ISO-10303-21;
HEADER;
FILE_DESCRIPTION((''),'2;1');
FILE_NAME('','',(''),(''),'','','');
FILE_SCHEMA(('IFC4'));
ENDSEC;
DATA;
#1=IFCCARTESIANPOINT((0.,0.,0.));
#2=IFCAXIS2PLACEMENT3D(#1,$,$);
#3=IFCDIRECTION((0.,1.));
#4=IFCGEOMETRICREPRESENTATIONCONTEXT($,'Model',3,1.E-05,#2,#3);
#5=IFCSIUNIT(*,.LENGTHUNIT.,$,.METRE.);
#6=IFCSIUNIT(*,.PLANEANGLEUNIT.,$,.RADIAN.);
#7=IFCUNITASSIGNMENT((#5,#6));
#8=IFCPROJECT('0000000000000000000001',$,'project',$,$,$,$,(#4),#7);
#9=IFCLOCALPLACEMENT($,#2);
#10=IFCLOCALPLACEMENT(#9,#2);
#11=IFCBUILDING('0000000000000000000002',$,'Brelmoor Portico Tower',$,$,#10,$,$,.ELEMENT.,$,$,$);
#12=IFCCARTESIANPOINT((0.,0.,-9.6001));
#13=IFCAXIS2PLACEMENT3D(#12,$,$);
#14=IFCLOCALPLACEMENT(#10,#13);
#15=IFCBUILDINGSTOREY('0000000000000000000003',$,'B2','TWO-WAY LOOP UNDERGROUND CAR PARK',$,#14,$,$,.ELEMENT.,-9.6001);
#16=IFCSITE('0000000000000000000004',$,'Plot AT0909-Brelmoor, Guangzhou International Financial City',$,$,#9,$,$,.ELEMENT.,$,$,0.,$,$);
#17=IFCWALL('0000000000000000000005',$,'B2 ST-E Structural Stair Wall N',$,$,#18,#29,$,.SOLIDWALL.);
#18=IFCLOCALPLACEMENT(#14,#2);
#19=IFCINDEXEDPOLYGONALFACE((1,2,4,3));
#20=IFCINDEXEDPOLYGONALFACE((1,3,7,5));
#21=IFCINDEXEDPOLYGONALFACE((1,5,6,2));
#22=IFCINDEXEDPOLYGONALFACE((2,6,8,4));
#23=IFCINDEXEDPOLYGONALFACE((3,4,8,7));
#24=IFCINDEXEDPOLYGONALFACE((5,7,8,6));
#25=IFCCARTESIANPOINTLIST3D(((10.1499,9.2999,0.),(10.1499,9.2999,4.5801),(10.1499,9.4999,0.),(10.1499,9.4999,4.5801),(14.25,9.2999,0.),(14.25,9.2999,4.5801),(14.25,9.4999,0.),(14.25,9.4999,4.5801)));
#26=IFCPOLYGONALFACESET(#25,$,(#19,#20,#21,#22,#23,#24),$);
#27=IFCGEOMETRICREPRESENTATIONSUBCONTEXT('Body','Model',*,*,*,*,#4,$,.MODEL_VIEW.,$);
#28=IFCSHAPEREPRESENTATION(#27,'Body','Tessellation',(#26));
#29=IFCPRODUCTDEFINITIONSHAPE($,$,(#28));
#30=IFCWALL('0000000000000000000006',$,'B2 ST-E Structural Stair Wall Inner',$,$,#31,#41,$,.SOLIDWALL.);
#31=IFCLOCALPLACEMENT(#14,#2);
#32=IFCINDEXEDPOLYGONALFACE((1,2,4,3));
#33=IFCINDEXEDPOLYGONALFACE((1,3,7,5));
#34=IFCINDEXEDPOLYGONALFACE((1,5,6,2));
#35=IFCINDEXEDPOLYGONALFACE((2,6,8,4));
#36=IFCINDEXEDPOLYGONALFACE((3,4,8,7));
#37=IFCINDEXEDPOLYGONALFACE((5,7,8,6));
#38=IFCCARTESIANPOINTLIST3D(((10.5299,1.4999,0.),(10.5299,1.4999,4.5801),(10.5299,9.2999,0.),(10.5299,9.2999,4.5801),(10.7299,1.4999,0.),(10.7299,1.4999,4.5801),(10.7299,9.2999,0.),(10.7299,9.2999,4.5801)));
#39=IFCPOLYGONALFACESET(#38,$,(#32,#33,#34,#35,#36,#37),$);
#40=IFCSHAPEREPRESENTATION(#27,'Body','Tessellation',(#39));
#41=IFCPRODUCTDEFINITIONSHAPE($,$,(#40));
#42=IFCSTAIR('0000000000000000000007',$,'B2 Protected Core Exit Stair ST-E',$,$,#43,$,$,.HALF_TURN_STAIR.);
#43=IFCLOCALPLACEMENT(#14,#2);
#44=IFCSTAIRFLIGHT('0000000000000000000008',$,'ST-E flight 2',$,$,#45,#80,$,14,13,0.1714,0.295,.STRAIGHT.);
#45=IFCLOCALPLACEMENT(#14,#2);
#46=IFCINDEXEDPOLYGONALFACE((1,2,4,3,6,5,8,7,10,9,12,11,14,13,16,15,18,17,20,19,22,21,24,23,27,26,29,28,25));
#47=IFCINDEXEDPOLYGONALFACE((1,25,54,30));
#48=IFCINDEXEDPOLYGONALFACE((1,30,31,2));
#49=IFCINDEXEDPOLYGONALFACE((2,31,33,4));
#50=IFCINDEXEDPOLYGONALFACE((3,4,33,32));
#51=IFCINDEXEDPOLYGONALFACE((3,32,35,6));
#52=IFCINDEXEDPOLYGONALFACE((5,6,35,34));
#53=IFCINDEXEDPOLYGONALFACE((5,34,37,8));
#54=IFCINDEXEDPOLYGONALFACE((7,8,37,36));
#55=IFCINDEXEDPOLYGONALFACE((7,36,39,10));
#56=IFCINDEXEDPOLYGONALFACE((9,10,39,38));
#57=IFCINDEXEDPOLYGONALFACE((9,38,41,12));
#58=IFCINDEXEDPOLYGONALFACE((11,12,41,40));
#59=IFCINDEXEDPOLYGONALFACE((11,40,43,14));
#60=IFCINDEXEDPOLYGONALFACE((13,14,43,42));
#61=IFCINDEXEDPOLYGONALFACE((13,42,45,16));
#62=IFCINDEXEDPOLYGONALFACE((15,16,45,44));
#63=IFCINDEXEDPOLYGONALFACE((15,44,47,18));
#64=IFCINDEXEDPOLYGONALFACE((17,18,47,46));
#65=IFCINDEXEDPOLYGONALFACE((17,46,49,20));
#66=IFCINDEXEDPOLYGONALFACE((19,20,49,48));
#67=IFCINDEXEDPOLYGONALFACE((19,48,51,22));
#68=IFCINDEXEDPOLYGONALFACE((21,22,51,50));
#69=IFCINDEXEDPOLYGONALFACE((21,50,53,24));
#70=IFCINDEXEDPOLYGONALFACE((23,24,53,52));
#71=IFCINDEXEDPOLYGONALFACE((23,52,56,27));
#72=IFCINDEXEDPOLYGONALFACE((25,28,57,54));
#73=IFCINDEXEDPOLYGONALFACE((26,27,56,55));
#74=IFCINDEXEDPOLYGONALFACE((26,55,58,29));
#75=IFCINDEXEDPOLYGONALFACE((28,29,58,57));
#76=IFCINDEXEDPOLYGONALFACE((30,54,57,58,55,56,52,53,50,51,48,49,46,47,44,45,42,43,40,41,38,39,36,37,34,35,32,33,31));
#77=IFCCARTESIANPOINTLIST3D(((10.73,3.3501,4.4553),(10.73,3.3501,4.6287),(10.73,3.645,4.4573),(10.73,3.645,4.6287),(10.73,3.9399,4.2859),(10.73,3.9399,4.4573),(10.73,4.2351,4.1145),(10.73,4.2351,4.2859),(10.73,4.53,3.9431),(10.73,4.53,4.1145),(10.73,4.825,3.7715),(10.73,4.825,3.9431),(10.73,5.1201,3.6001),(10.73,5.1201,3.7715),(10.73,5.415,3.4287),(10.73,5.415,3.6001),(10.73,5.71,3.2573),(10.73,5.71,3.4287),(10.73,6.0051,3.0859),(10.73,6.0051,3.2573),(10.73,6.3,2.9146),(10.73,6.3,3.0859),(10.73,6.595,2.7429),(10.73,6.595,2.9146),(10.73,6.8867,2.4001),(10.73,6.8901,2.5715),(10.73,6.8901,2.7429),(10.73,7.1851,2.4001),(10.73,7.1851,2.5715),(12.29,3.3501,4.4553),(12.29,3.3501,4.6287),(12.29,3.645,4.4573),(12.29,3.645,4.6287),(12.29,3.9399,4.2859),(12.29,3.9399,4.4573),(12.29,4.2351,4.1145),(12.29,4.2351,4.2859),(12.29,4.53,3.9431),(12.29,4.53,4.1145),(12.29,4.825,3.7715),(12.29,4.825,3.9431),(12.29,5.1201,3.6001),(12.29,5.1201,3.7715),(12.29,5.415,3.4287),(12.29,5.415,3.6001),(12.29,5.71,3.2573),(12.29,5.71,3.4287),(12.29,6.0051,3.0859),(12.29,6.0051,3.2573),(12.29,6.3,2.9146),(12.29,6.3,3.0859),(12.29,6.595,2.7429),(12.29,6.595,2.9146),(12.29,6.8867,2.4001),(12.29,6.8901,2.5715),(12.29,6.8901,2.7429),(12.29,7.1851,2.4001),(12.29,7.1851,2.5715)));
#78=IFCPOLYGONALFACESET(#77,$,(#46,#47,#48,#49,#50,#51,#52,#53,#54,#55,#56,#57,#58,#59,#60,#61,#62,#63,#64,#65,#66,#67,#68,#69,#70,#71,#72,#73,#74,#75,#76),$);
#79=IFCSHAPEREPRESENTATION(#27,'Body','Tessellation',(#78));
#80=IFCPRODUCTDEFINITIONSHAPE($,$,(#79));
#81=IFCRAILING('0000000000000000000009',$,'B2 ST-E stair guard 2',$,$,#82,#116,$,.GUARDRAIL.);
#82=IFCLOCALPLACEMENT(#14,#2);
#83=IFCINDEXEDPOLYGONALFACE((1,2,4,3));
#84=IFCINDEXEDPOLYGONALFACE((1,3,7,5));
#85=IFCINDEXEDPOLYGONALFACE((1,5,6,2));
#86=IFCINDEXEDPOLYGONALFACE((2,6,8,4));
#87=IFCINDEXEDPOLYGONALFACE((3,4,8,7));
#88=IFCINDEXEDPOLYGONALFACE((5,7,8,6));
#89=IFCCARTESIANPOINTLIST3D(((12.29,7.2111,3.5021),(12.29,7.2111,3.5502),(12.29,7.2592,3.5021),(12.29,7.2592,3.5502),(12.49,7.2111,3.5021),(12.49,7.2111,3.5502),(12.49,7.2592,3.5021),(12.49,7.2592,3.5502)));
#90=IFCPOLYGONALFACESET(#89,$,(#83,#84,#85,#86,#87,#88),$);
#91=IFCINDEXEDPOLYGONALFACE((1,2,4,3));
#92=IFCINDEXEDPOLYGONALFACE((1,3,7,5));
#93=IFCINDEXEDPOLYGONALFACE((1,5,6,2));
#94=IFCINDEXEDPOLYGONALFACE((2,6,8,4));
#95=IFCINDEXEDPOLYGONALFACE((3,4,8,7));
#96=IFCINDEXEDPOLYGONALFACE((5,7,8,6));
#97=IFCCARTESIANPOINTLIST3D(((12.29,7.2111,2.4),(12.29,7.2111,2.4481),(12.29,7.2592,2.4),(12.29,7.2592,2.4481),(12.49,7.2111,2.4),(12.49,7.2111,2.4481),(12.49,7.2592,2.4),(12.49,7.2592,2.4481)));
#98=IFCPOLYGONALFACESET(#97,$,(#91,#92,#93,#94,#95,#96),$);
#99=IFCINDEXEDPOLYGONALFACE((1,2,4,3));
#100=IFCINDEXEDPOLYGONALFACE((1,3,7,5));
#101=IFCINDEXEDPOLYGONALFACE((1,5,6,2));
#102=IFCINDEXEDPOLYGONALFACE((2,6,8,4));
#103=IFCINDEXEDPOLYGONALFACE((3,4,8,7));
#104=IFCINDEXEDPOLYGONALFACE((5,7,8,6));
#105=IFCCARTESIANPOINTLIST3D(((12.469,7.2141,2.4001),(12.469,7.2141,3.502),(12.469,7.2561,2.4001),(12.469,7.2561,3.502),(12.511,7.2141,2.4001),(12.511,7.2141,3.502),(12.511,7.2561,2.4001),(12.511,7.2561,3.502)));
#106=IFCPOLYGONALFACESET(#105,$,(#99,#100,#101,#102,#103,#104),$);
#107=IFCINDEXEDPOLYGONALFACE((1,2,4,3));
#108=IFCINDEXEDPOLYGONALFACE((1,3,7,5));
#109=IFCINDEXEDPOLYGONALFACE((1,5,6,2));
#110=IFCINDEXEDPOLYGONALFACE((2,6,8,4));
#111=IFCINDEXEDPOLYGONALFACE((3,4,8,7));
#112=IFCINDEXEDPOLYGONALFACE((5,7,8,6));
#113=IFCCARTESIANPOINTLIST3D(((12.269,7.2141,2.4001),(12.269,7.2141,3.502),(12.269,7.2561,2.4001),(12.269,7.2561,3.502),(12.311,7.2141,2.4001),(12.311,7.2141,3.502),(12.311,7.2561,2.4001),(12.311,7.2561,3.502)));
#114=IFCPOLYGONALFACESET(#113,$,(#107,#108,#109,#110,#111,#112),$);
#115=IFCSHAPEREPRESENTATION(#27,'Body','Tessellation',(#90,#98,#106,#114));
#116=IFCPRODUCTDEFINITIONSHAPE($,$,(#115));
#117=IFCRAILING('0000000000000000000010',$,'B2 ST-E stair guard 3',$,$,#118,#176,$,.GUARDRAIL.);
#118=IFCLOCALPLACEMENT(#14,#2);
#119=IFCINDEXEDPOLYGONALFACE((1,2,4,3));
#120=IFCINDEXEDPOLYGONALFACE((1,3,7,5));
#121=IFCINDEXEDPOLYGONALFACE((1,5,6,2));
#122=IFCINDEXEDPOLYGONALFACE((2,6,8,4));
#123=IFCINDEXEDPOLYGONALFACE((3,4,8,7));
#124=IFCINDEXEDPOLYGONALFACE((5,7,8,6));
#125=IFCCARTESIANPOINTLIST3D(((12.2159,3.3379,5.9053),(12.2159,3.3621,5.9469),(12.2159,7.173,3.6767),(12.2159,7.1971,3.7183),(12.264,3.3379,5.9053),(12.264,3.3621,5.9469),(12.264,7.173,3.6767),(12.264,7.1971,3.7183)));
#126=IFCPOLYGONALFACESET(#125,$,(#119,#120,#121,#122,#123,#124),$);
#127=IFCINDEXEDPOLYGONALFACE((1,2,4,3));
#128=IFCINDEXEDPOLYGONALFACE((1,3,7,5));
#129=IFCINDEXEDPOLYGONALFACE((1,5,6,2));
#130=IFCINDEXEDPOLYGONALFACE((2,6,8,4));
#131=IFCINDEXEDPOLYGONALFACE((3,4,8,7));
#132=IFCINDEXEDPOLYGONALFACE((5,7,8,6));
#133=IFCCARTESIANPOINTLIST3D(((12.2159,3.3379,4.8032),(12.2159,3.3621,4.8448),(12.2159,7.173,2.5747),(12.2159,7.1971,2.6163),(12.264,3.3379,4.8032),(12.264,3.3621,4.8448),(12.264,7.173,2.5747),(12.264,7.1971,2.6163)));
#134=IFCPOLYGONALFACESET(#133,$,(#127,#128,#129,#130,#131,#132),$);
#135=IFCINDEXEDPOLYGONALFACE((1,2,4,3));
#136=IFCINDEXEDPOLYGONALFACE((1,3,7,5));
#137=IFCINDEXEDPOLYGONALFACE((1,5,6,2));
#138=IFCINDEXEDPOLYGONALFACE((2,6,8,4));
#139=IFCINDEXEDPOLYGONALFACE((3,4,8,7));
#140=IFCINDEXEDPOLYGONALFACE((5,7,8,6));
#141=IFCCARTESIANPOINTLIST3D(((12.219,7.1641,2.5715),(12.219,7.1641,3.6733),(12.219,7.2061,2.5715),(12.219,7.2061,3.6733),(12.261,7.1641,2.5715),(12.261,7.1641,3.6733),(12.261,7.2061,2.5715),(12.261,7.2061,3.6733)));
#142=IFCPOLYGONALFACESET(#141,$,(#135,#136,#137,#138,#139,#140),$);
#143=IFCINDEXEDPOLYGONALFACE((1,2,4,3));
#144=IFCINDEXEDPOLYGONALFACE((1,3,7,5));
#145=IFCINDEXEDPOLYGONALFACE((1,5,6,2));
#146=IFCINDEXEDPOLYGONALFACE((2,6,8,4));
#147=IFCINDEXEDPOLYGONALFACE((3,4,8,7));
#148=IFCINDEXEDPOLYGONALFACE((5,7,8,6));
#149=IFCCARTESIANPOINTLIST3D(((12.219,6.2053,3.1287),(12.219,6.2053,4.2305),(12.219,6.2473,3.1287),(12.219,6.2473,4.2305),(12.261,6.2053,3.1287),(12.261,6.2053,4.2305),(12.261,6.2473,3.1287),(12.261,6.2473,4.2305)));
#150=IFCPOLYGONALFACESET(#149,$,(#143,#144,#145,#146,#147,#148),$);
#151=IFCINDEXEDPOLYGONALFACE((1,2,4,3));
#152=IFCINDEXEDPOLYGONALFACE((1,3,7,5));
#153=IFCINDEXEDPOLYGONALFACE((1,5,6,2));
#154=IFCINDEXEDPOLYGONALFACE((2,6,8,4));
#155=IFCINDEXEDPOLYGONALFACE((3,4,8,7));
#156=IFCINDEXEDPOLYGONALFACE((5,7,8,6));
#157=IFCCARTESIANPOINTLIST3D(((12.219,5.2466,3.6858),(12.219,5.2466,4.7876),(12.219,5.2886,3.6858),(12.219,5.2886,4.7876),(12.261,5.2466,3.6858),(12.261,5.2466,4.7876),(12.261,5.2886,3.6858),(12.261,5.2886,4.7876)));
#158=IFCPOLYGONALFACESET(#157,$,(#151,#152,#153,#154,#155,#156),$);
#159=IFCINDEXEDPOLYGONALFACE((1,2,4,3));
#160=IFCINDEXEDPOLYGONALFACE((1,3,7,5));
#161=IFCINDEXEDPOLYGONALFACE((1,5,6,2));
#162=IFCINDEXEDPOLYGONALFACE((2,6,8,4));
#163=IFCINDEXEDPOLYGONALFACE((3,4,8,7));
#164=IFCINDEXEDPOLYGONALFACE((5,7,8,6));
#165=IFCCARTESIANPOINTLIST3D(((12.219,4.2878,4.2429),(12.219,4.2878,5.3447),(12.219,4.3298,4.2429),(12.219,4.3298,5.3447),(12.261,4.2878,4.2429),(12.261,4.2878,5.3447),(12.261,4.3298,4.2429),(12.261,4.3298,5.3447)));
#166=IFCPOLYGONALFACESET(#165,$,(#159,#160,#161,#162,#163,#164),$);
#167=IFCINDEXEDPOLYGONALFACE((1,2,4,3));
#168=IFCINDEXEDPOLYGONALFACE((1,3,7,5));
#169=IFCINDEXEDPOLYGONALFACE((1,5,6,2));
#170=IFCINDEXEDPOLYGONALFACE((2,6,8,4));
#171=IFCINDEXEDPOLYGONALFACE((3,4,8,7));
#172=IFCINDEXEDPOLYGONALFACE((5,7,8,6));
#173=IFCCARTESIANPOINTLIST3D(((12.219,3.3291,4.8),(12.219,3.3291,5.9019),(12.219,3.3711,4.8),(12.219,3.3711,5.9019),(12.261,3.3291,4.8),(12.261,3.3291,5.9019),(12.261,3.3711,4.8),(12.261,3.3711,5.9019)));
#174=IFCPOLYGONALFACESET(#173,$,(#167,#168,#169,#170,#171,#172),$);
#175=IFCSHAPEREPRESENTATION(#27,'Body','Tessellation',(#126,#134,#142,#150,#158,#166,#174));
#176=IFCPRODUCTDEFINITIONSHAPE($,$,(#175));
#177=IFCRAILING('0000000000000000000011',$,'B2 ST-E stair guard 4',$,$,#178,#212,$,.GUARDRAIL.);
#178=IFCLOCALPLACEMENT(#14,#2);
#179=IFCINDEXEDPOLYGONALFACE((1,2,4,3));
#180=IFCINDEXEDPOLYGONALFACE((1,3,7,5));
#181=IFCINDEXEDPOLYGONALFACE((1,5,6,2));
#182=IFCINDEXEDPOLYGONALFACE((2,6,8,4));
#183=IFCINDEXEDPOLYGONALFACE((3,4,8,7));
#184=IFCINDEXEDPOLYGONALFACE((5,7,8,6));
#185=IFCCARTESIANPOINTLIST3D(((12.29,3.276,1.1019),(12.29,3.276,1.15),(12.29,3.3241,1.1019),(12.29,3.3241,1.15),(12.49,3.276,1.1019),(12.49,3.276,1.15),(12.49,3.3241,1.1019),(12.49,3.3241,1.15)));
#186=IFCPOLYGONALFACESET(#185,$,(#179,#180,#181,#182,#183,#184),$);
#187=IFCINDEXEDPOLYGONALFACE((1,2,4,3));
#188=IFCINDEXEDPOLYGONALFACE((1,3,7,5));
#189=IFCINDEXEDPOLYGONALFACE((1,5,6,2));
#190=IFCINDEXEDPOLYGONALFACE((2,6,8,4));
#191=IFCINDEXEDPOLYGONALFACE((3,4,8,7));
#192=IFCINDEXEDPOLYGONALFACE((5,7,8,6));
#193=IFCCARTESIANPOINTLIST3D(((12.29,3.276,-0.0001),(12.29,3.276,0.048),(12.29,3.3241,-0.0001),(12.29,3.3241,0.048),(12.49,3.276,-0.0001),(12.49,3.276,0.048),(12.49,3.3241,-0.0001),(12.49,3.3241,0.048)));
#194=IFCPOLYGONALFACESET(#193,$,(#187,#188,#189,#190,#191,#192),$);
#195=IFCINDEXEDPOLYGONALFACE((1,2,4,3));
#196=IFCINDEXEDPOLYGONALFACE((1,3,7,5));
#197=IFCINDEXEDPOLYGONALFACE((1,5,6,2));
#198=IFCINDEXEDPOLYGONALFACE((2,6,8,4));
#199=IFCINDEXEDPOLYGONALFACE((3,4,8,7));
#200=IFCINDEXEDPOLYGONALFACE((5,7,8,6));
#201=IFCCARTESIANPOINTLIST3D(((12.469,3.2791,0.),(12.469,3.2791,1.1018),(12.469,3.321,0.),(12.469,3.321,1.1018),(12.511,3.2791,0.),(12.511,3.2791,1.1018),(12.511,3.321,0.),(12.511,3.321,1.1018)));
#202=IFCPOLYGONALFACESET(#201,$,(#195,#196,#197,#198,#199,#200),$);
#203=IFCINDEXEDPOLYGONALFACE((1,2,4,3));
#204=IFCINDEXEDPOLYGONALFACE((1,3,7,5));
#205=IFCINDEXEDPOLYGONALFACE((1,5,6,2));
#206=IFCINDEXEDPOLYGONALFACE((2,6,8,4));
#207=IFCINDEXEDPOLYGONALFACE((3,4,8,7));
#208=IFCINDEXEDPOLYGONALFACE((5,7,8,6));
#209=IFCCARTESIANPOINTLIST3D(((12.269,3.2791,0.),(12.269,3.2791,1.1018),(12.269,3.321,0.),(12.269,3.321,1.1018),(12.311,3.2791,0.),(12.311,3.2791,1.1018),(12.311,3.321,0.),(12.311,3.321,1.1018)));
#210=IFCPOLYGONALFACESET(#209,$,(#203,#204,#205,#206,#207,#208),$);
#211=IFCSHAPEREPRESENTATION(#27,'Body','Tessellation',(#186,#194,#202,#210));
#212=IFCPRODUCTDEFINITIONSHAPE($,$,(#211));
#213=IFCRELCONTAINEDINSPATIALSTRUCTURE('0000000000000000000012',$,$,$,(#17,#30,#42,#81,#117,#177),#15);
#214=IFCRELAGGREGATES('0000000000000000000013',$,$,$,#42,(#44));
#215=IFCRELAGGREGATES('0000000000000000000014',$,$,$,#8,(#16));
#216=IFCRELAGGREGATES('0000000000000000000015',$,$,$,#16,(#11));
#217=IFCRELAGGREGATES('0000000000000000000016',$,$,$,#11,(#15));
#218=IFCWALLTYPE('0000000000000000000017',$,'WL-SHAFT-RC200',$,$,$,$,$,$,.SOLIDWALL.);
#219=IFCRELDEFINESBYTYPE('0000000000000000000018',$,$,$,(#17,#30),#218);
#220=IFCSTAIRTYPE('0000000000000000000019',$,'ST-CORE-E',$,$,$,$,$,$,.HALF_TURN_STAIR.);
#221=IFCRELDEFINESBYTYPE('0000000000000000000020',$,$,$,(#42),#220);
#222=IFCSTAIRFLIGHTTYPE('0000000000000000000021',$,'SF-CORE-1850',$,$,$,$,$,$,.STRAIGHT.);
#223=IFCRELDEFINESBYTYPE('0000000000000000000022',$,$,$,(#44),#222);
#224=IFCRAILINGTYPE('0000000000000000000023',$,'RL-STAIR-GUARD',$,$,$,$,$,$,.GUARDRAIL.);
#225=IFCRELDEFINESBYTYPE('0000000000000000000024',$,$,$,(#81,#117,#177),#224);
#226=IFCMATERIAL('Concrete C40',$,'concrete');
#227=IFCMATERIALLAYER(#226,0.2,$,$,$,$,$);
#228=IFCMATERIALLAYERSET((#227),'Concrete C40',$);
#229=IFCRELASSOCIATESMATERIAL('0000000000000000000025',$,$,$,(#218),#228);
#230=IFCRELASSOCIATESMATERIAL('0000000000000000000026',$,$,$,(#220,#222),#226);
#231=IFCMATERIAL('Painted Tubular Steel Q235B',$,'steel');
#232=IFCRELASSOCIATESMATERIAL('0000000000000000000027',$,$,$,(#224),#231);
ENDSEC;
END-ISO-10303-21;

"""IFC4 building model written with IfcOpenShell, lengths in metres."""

from ifc_helpers import new_model, si_unit, direction, frame, frame_2d, origin, origin_2d, place, context, subcontext, project, spatial, polyline, rectangle, outline, extrude, material, layer, layer_set, type_object, element, aggregate, save


model = new_model("IFC4")

# Units and contexts
model_context = context("Model", 3, precision=1e-05, world=origin(), true_north=direction((0.0, 1.0)))
body_context = subcontext(model_context, "Body", "Model", "MODEL_VIEW")
ifc_project = project(units=[si_unit("LENGTHUNIT", "METRE"), si_unit("PLANEANGLEUNIT", "RADIAN")], contexts=[model_context])

# Site, building, storey
site_placement = place(None, origin())
site = spatial("IfcSite", under=ifc_project, at=site_placement, Name="Plot AT0909-Brelmoor, Guangzhou International Financial City", CompositionType="ELEMENT", RefElevation=0.0)
building_placement = place(site_placement, origin())
building = spatial("IfcBuilding", under=site, at=building_placement, Name="Brelmoor Portico Tower", CompositionType="ELEMENT")
storey_placement = place(building_placement, frame((0.0, 0.0, -9.6001)))
storey = spatial("IfcBuildingStorey", under=building, at=storey_placement, Name="B2", Description="TWO-WAY LOOP UNDERGROUND CAR PARK", CompositionType="ELEMENT", Elevation=-9.6001)

# Shared definitions
ifc_material_1 = material(Name="Concrete C40", Category="concrete")
ifc_layer_1 = layer(ifc_material_1, 0.2)
ifc_layer_set_1 = layer_set([ifc_layer_1], Name="Concrete C40")
wall_type_1 = type_object("IfcWallType", Name="WL-SHAFT-RC200", PredefinedType="SOLIDWALL", material=ifc_layer_set_1)

# Walls
wall_1_placement = place(storey_placement, frame((10.1499, 9.3999, 0.0), z_axis=(0.0, 0.0, 1.0), x_axis=(1.0, 0.0, 0.0)))
element("IfcWall", 1, at=wall_1_placement, inside=storey, type_object=wall_type_1, Name="B2 ST-E Structural Stair Wall N", PredefinedType="SOLIDWALL", context=body_context, shape_type="SweptSolid", body=[
    extrude(rectangle(XDim=4.1001, YDim=0.2, at=frame_2d((2.05, 0.0))), origin(), (0.0, 0.0, 1.0), 4.5801),
])
wall_2_placement = place(storey_placement, frame((10.6299, 1.5, 0.0), z_axis=(0.0, 0.0, 1.0), x_axis=(0.0, 1.0, 0.0)))
element("IfcWall", 2, at=wall_2_placement, inside=storey, type_object=wall_type_1, Name="B2 ST-E Structural Stair Wall Inner", PredefinedType="SOLIDWALL", context=body_context, shape_type="SweptSolid", body=[
    extrude(rectangle(XDim=7.8, YDim=0.2, at=frame_2d((3.8999, 0.0))), origin(), (0.0, 0.0, 1.0), 4.5801),
])

# Stair, stair flight
stair_type = type_object("IfcStairType", Name="ST-CORE-E", PredefinedType="HALF_TURN_STAIR", material=ifc_material_1)
stair_placement = place(storey_placement, origin())
stair = element("IfcStair", 3, at=stair_placement, inside=storey, type_object=stair_type, Name="B2 Protected Core Exit Stair ST-E", PredefinedType="HALF_TURN_STAIR")
stair_flight_type = type_object("IfcStairFlightType", Name="SF-CORE-1850", PredefinedType="STRAIGHT", material=ifc_material_1)
stair_flight_placement = place(storey_placement, frame((11.51, 7.1851, 2.4001), z_axis=(0.0, 0.0, 1.0), x_axis=(0.0, -1.0, 0.0)))
stair_flight = element("IfcStairFlight", 4, at=stair_flight_placement, type_object=stair_flight_type, Name="ST-E flight 2", NumberOfRisers=14, NumberOfTreads=13, PredefinedType="STRAIGHT", RiserHeight=0.1714, TreadLength=0.295, context=body_context, shape_type="SweptSolid", body=[
    extrude(outline(polyline([(0.0, 0.0), (0.0, 0.1714), (0.2949, 0.1714), (0.2949, 0.3428), (0.5901, 0.3428), (0.5901, 0.5144), (0.885, 0.5144), (0.885, 0.6858), (1.1799, 0.6858), (1.1799, 0.8572), (1.4751, 0.8572), (1.4751, 1.0286), (1.77, 1.0286), (1.77, 1.2), (2.0649, 1.2), (2.0649, 1.3713), (2.3601, 1.3713), (2.3601, 1.543), (2.655, 1.543), (2.655, 1.7144), (2.95, 1.7144), (2.95, 1.8857), (3.2451, 1.8857), (3.2451, 2.0571), (3.54, 2.0571), (3.54, 2.2285), (3.835, 2.2285), (3.835, 2.3999), (3.835, 2.0552), (0.2983, 0.0), (0.0, 0.0)])), frame((0.0, 0.78, 0.0), z_axis=(0.0, -1.0, 0.0), x_axis=(1.0, 0.0, 0.0)), (0.0, 0.0, 1.0), 1.5601),
])
aggregate(stair, [stair_flight])

# Railings
ifc_material_2 = material(Name="Painted Tubular Steel Q235B", Category="steel")
railing_type_1 = type_object("IfcRailingType", Name="RL-STAIR-GUARD", PredefinedType="GUARDRAIL", material=ifc_material_2)
railing_1_placement = place(storey_placement, frame((12.49, 7.2351, 2.4001)))
element("IfcRailing", 5, at=railing_1_placement, inside=storey, type_object=railing_type_1, Name="B2 ST-E stair guard 2", PredefinedType="GUARDRAIL", context=body_context, shape_type="SweptSolid", body=[
    extrude(rectangle(XDim=0.0481, YDim=0.0481, at=origin_2d()), frame((0.0, 0.0, 1.126), z_axis=(-1.0, 0.0, 0.0), x_axis=(0.0, -1.0, 0.0)), (0.0, 0.0, 1.0), 0.2),
    extrude(rectangle(XDim=0.0481, YDim=0.0481, at=origin_2d()), frame((0.0, 0.0, 0.0239), z_axis=(-1.0, 0.0, 0.0), x_axis=(0.0, -1.0, 0.0)), (0.0, 0.0, 1.0), 0.2),
    extrude(rectangle(XDim=0.042, YDim=0.042, at=origin_2d()), origin(), (0.0, 0.0, 1.0), 1.1018),
    extrude(rectangle(XDim=0.042, YDim=0.042, at=origin_2d()), frame((-0.2, 0.0, 0.0)), (0.0, 0.0, 1.0), 1.1018),
])
railing_2_placement = place(storey_placement, frame((12.24, 7.1851, 2.5715)))
element("IfcRailing", 6, at=railing_2_placement, inside=storey, type_object=railing_type_1, Name="B2 ST-E stair guard 3", PredefinedType="GUARDRAIL", context=body_context, shape_type="SweptSolid", body=[
    extrude(rectangle(XDim=0.0481, YDim=0.0481, at=origin_2d()), frame((0.0, 0.0, 1.126), z_axis=(0.0, -0.864616, 0.502433), x_axis=(1.0, 0.0, 0.0)), (0.0, 0.0, 1.0), 4.4355),
    extrude(rectangle(XDim=0.0481, YDim=0.0481, at=origin_2d()), frame((0.0, 0.0, 0.0239), z_axis=(0.0, -0.864616, 0.502433), x_axis=(1.0, 0.0, 0.0)), (0.0, 0.0, 1.0), 4.4355),
    extrude(rectangle(XDim=0.042, YDim=0.042, at=origin_2d()), origin(), (0.0, 0.0, 1.0), 1.1018),
    extrude(rectangle(XDim=0.042, YDim=0.042, at=origin_2d()), frame((0.0, -0.9587, 0.5571)), (0.0, 0.0, 1.0), 1.1018),
    extrude(rectangle(XDim=0.042, YDim=0.042, at=origin_2d()), frame((0.0, -1.9175, 1.1143)), (0.0, 0.0, 1.0), 1.1018),
    extrude(rectangle(XDim=0.042, YDim=0.042, at=origin_2d()), frame((0.0, -2.8762, 1.6714)), (0.0, 0.0, 1.0), 1.1018),
    extrude(rectangle(XDim=0.042, YDim=0.042, at=origin_2d()), frame((0.0, -3.835, 2.2285)), (0.0, 0.0, 1.0), 1.1018),
])
railing_3_placement = place(storey_placement, frame((12.49, 3.3, 0.0)))
element("IfcRailing", 7, at=railing_3_placement, inside=storey, type_object=railing_type_1, Name="B2 ST-E stair guard 4", PredefinedType="GUARDRAIL", context=body_context, shape_type="SweptSolid", body=[
    extrude(rectangle(XDim=0.0481, YDim=0.0481, at=origin_2d()), frame((0.0, 0.0, 1.126), z_axis=(-1.0, 0.0, 0.0), x_axis=(0.0, -1.0, 0.0)), (0.0, 0.0, 1.0), 0.2),
    extrude(rectangle(XDim=0.0481, YDim=0.0481, at=origin_2d()), frame((0.0, 0.0, 0.0239), z_axis=(-1.0, 0.0, 0.0), x_axis=(0.0, -1.0, 0.0)), (0.0, 0.0, 1.0), 0.2),
    extrude(rectangle(XDim=0.042, YDim=0.042, at=origin_2d()), origin(), (0.0, 0.0, 1.0), 1.1018),
    extrude(rectangle(XDim=0.042, YDim=0.042, at=origin_2d()), frame((-0.2, 0.0, 0.0)), (0.0, 0.0, 1.0), 1.1018),
])

save(model, "model.ifc")
